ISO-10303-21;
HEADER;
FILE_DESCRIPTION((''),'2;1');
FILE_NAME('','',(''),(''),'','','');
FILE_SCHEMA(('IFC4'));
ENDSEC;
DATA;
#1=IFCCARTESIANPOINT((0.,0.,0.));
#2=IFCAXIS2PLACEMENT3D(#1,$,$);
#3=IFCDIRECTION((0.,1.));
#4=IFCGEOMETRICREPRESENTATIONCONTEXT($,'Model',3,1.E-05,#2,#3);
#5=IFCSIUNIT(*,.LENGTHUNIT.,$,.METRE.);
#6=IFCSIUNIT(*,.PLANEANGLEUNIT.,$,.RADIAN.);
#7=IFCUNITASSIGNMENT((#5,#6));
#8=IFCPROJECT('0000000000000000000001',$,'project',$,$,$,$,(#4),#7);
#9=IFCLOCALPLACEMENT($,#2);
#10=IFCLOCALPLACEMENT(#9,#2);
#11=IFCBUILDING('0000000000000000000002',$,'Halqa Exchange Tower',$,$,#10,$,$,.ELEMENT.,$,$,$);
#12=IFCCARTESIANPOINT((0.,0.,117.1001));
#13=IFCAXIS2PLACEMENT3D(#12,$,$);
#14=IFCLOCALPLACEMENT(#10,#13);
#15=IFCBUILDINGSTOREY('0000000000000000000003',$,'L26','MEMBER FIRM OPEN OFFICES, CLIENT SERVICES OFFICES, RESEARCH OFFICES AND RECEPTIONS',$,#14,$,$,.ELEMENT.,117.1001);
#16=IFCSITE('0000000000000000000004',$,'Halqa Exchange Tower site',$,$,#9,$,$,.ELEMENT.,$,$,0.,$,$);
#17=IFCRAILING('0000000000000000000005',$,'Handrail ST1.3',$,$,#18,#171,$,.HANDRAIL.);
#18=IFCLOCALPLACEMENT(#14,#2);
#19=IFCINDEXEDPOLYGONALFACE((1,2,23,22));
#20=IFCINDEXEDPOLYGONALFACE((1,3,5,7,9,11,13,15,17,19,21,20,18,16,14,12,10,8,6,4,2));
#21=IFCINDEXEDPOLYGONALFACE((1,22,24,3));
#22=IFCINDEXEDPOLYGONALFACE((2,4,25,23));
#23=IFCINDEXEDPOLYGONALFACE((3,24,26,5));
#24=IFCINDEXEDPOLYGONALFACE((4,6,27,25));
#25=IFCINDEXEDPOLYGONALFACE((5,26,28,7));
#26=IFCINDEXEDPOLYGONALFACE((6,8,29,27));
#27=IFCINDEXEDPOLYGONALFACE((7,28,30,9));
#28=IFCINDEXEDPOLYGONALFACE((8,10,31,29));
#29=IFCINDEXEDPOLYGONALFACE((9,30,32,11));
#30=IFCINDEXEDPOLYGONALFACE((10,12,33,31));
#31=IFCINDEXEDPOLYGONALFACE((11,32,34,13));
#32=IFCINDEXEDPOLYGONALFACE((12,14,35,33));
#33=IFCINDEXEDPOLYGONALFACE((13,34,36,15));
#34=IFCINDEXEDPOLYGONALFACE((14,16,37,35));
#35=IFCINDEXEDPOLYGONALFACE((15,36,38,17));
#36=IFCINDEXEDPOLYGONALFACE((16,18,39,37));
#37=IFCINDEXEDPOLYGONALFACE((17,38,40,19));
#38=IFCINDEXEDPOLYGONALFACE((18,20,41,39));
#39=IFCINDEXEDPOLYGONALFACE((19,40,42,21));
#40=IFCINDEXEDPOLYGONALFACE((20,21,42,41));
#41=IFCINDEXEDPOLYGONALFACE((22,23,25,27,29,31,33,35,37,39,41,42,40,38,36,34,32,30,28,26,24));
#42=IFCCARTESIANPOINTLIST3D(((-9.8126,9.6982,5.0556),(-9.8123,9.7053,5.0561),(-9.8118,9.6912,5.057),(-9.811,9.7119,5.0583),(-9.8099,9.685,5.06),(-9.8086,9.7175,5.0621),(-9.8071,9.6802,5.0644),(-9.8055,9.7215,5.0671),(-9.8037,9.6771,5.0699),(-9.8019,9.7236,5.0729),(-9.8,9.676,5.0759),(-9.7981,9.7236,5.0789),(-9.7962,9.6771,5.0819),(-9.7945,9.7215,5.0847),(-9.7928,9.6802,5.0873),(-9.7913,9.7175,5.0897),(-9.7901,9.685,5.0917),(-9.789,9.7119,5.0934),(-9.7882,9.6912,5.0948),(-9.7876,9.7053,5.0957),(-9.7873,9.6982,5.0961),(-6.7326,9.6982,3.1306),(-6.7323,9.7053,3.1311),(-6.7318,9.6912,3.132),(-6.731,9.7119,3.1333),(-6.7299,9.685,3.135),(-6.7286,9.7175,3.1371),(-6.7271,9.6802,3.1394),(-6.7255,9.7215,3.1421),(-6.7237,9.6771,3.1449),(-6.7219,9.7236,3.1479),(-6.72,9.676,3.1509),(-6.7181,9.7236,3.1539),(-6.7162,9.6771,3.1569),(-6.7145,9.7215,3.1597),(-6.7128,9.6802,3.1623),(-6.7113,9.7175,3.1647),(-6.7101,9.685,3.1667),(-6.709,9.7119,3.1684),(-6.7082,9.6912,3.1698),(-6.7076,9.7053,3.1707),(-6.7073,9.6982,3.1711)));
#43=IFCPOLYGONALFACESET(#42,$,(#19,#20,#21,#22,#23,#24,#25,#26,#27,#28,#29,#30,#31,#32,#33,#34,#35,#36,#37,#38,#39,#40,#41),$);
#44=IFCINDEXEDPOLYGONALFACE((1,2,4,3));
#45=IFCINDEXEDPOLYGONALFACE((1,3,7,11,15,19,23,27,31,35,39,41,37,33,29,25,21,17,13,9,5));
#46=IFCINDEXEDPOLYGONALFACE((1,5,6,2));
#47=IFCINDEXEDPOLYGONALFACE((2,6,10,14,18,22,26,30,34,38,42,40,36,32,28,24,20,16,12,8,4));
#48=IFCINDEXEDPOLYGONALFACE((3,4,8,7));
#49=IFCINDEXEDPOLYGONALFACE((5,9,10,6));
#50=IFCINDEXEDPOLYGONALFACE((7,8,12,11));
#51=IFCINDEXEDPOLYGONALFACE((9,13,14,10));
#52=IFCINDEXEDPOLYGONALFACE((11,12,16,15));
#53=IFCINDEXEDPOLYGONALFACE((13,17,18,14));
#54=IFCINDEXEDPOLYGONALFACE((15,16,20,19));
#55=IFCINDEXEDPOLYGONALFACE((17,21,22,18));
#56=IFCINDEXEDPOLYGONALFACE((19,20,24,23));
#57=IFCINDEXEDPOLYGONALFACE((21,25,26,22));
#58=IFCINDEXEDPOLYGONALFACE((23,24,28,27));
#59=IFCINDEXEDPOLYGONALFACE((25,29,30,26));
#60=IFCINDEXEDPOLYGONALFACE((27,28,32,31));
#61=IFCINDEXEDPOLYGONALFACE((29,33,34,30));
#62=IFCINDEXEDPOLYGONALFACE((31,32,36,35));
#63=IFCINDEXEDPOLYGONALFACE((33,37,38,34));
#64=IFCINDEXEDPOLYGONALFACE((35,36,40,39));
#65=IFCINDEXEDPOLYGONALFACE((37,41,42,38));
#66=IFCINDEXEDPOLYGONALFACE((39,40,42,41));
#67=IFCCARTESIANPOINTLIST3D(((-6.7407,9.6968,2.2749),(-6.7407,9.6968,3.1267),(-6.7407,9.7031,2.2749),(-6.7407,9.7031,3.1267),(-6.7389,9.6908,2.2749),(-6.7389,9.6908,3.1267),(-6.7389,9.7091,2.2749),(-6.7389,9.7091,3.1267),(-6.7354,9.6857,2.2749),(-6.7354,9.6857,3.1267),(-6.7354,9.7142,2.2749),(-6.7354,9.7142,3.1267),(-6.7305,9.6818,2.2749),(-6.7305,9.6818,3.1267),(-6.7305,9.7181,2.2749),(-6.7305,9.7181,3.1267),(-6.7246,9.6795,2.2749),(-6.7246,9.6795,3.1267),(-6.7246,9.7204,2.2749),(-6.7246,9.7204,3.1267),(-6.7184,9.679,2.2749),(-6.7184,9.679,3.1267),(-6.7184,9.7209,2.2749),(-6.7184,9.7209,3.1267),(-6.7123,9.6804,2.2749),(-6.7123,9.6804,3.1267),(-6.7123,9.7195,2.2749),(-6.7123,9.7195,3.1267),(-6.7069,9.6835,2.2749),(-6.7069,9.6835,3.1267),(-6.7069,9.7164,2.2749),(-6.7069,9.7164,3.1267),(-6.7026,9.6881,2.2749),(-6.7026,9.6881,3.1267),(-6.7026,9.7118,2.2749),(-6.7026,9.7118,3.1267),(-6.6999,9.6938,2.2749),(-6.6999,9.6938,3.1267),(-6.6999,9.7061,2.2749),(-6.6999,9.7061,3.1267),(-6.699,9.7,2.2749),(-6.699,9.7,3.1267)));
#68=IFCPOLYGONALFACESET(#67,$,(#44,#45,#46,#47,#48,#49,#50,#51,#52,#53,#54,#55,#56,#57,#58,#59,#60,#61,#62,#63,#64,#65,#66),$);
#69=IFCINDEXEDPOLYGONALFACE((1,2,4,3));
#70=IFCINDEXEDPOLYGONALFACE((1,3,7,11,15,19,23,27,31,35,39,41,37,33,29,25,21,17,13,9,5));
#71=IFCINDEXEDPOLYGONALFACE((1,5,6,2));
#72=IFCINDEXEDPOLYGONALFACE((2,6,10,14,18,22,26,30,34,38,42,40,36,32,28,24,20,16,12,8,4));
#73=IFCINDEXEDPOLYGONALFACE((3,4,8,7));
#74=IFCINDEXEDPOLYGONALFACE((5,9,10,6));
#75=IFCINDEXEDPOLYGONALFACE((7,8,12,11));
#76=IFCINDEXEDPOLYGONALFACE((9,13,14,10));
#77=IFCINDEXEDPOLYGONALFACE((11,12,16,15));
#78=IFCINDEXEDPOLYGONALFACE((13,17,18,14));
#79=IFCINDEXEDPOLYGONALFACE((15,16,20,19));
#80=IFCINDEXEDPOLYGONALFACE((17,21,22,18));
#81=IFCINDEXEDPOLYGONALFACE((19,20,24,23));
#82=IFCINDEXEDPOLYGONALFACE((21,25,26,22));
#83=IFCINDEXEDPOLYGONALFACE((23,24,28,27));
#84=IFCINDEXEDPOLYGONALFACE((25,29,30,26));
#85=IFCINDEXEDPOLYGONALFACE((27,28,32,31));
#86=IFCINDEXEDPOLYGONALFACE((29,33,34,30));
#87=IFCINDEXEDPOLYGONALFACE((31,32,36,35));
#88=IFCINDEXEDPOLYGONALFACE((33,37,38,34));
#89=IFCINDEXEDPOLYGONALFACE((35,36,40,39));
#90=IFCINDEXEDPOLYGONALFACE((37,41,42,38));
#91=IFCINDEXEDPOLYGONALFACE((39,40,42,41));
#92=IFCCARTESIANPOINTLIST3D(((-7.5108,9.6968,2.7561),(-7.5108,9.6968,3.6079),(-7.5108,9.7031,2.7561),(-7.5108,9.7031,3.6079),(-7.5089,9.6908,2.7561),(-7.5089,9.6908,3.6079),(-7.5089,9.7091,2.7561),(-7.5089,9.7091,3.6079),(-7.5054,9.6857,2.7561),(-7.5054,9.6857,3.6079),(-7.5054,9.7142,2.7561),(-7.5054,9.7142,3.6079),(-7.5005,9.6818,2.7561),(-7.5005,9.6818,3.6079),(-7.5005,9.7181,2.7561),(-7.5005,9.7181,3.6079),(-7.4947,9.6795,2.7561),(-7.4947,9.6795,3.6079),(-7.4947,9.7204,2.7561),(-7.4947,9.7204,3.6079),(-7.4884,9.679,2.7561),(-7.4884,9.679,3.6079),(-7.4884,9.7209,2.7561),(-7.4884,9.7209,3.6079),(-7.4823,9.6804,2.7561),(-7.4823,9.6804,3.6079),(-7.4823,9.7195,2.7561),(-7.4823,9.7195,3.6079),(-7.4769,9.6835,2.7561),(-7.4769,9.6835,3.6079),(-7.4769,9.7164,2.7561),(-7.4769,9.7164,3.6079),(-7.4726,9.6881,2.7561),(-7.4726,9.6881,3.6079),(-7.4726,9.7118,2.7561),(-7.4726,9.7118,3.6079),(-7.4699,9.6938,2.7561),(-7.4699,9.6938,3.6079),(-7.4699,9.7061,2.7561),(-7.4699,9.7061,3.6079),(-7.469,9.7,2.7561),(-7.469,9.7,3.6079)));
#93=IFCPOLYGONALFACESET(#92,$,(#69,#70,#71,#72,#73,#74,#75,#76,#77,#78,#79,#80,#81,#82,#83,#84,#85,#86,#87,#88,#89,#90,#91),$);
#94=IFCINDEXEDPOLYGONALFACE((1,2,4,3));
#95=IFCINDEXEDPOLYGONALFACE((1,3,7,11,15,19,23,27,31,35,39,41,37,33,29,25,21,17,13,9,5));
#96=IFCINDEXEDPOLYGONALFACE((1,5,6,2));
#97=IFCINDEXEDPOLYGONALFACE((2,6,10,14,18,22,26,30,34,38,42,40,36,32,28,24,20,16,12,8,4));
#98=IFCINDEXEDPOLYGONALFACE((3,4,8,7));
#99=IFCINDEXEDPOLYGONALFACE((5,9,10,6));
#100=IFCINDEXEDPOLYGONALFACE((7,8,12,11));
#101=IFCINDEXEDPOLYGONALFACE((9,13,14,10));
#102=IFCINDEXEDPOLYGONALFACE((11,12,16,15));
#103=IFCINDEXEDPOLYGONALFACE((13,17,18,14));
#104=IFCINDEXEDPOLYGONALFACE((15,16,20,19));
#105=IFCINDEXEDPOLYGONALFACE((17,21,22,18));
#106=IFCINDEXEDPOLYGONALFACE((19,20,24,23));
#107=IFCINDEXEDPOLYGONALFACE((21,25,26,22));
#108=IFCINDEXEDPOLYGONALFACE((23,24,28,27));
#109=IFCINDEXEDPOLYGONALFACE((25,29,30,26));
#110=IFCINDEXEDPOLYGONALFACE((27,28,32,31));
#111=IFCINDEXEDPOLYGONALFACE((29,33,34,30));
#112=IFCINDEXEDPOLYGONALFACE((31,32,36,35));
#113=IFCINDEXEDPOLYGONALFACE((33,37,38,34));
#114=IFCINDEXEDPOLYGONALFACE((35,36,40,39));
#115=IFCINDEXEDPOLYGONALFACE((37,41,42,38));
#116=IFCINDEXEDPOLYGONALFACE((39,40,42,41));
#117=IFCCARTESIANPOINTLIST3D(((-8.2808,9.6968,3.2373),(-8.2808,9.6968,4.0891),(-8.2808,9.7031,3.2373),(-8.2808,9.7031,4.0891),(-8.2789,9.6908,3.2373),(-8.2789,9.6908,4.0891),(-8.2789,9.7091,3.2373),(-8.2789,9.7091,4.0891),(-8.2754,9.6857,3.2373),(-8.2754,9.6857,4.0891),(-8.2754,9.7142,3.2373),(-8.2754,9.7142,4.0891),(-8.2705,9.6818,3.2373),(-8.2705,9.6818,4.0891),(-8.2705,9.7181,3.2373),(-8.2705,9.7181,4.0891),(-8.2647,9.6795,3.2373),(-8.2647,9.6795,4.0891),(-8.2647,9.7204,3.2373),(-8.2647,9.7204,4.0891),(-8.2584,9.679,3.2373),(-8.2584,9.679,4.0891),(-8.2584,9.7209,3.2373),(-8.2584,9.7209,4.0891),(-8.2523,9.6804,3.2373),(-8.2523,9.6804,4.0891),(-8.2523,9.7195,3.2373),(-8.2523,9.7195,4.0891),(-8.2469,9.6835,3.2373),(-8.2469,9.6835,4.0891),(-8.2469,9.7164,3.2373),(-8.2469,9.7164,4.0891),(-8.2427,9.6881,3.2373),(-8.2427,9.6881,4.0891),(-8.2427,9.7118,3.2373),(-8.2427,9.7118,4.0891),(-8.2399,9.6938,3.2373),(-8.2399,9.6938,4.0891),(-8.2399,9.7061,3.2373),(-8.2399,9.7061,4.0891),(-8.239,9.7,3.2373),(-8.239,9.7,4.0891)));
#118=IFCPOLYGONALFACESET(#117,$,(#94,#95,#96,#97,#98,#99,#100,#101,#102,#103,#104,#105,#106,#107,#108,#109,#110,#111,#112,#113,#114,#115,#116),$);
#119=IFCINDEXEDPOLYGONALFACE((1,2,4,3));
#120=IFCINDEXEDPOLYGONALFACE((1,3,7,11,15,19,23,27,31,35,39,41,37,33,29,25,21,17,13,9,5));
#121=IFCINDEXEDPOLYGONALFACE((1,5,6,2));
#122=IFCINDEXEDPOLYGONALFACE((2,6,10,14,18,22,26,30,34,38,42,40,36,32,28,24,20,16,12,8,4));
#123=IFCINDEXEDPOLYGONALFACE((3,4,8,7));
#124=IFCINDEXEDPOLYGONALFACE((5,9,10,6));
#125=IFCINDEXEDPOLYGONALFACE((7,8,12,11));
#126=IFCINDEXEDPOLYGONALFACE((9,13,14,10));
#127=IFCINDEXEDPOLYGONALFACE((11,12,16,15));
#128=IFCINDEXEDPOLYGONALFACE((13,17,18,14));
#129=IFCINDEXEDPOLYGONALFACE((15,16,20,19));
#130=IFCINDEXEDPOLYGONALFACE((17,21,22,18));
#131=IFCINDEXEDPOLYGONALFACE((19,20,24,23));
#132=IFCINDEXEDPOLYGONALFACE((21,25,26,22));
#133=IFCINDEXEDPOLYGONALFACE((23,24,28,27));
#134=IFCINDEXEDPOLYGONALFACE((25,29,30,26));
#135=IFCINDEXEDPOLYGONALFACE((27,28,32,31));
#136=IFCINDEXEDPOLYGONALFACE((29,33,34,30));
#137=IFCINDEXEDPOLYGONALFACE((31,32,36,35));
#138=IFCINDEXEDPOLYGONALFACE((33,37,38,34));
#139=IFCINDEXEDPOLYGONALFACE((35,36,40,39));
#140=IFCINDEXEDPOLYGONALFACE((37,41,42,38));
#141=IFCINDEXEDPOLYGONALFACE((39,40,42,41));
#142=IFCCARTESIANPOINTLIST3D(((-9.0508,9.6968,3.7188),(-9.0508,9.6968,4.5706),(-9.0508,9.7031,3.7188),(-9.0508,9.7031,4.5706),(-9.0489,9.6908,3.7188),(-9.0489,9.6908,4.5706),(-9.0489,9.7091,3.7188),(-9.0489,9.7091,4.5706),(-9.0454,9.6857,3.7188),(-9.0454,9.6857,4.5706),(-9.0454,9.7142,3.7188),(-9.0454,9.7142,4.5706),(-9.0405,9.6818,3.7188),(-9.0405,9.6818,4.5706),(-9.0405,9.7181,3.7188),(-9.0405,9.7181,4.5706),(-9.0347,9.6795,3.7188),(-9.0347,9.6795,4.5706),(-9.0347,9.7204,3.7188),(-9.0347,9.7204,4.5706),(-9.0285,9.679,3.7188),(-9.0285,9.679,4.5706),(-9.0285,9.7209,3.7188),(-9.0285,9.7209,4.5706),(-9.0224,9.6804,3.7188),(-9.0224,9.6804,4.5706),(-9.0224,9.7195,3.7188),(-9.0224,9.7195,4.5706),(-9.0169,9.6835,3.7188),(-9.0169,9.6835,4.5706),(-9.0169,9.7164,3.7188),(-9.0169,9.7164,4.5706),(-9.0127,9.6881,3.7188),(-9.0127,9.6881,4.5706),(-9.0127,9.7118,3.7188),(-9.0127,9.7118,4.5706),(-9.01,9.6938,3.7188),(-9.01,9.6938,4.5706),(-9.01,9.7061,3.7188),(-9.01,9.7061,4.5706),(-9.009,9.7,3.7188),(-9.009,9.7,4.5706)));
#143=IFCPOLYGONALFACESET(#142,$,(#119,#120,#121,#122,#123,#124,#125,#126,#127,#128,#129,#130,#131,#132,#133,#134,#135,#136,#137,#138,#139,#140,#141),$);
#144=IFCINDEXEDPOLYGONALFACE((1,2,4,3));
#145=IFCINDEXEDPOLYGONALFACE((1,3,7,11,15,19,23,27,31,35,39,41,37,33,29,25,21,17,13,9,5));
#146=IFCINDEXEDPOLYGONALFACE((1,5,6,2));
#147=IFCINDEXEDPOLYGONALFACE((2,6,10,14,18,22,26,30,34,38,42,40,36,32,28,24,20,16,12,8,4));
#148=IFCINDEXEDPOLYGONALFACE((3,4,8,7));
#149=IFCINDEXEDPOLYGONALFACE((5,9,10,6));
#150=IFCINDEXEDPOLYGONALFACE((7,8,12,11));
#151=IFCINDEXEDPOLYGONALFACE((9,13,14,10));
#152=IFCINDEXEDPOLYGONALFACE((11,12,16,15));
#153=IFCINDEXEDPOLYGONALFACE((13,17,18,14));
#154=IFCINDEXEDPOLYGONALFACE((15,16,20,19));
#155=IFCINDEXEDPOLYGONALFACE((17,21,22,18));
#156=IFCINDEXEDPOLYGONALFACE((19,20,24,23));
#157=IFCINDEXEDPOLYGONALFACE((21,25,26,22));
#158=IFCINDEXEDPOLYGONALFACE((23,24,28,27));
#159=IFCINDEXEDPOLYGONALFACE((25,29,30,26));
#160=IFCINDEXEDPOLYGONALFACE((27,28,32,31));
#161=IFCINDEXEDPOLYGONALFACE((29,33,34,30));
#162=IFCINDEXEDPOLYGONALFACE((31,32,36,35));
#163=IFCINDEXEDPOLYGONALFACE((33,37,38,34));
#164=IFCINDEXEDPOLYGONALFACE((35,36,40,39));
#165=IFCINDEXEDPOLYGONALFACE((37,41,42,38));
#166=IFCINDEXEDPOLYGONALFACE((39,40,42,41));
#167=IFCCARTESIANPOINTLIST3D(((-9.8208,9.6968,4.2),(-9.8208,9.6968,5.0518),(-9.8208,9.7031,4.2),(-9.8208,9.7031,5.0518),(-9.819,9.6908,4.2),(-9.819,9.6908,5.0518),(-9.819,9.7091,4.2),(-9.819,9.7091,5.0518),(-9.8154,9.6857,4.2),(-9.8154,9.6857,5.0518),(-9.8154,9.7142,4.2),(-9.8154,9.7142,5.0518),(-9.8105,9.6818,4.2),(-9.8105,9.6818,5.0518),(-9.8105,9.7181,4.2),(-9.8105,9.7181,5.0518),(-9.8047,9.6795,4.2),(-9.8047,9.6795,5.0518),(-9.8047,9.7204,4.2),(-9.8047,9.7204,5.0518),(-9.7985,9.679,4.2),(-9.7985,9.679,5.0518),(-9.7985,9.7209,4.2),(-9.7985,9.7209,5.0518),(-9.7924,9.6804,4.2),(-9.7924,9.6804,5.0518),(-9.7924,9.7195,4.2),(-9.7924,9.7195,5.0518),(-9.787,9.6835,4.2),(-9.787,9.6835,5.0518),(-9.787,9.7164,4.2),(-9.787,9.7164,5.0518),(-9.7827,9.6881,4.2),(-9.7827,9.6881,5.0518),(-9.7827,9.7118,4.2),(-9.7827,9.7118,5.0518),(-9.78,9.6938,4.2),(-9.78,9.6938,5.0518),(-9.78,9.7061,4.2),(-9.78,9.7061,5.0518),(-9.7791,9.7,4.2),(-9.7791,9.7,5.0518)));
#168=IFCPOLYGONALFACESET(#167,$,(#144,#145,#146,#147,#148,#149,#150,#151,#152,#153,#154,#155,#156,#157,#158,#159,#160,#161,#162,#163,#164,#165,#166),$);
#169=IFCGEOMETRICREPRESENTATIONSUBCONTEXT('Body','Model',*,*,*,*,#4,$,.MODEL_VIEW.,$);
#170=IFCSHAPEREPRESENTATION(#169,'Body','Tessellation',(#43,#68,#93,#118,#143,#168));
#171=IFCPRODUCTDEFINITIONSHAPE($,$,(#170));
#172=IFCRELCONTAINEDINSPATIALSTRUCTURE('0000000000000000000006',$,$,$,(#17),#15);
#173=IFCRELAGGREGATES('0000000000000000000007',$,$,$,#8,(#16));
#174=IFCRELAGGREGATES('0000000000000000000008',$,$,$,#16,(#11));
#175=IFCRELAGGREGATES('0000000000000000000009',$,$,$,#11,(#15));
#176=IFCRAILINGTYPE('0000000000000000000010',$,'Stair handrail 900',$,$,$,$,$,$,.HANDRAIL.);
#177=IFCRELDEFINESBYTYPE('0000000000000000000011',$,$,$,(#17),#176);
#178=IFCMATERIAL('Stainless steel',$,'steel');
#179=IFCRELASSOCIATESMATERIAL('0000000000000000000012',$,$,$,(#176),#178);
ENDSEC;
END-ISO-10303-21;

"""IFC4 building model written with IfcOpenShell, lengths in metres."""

from ifc_helpers import new_model, si_unit, direction, frame, origin, origin_2d, place, context, subcontext, project, spatial, circle, extrude, material, type_object, element, save


model = new_model("IFC4")

# Units and contexts
model_context = context("Model", 3, precision=1e-05, world=origin(), true_north=direction((0.0, 1.0)))
body_context = subcontext(model_context, "Body", "Model", "MODEL_VIEW")
ifc_project = project(units=[si_unit("LENGTHUNIT", "METRE"), si_unit("PLANEANGLEUNIT", "RADIAN")], contexts=[model_context])

# Site, building, storey
site_placement = place(None, origin())
site = spatial("IfcSite", under=ifc_project, at=site_placement, Name="Halqa Exchange Tower site", CompositionType="ELEMENT", RefElevation=0.0)
building_placement = place(site_placement, origin())
building = spatial("IfcBuilding", under=site, at=building_placement, Name="Halqa Exchange Tower", CompositionType="ELEMENT")
storey_placement = place(building_placement, frame((0.0, 0.0, 117.1001)))
storey = spatial("IfcBuildingStorey", under=building, at=storey_placement, Name="L26", Description="MEMBER FIRM OPEN OFFICES, CLIENT SERVICES OFFICES, RESEARCH OFFICES AND RECEPTIONS", CompositionType="ELEMENT", Elevation=117.1001)

# Railing
ifc_material_1 = material(Name="Stainless steel", Category="steel")
railing_type_1 = type_object("IfcRailingType", Name="Stair handrail 900", PredefinedType="HANDRAIL", material=ifc_material_1)
railing_1_placement = place(storey_placement, frame((-6.72, 9.7, 2.2749)))
element("IfcRailing", 1, at=railing_1_placement, inside=storey, type_object=railing_type_1, Name="Handrail ST1.3", PredefinedType="HANDRAIL", context=body_context, shape_type="SweptSolid", body=[
    extrude(circle(Radius=0.0239, at=origin_2d()), frame((0.0, 0.0, 0.876), z_axis=(-0.847998, 0.0, 0.529999), x_axis=(0.0, -1.0, 0.0)), (0.0, 0.0, 1.0), 3.6321),
    extrude(circle(Radius=0.021, at=origin_2d()), origin(), (0.0, 0.0, 1.0), 0.8518),
    extrude(circle(Radius=0.021, at=origin_2d()), frame((-0.77, 0.0, 0.4812)), (0.0, 0.0, 1.0), 0.8518),
    extrude(circle(Radius=0.021, at=origin_2d()), frame((-1.54, 0.0, 0.9624)), (0.0, 0.0, 1.0), 0.8518),
    extrude(circle(Radius=0.021, at=origin_2d()), frame((-2.3101, 0.0, 1.4438)), (0.0, 0.0, 1.0), 0.8518),
    extrude(circle(Radius=0.021, at=origin_2d()), frame((-3.0801, 0.0, 1.925)), (0.0, 0.0, 1.0), 0.8518),
])

save(model, "model.ifc")
